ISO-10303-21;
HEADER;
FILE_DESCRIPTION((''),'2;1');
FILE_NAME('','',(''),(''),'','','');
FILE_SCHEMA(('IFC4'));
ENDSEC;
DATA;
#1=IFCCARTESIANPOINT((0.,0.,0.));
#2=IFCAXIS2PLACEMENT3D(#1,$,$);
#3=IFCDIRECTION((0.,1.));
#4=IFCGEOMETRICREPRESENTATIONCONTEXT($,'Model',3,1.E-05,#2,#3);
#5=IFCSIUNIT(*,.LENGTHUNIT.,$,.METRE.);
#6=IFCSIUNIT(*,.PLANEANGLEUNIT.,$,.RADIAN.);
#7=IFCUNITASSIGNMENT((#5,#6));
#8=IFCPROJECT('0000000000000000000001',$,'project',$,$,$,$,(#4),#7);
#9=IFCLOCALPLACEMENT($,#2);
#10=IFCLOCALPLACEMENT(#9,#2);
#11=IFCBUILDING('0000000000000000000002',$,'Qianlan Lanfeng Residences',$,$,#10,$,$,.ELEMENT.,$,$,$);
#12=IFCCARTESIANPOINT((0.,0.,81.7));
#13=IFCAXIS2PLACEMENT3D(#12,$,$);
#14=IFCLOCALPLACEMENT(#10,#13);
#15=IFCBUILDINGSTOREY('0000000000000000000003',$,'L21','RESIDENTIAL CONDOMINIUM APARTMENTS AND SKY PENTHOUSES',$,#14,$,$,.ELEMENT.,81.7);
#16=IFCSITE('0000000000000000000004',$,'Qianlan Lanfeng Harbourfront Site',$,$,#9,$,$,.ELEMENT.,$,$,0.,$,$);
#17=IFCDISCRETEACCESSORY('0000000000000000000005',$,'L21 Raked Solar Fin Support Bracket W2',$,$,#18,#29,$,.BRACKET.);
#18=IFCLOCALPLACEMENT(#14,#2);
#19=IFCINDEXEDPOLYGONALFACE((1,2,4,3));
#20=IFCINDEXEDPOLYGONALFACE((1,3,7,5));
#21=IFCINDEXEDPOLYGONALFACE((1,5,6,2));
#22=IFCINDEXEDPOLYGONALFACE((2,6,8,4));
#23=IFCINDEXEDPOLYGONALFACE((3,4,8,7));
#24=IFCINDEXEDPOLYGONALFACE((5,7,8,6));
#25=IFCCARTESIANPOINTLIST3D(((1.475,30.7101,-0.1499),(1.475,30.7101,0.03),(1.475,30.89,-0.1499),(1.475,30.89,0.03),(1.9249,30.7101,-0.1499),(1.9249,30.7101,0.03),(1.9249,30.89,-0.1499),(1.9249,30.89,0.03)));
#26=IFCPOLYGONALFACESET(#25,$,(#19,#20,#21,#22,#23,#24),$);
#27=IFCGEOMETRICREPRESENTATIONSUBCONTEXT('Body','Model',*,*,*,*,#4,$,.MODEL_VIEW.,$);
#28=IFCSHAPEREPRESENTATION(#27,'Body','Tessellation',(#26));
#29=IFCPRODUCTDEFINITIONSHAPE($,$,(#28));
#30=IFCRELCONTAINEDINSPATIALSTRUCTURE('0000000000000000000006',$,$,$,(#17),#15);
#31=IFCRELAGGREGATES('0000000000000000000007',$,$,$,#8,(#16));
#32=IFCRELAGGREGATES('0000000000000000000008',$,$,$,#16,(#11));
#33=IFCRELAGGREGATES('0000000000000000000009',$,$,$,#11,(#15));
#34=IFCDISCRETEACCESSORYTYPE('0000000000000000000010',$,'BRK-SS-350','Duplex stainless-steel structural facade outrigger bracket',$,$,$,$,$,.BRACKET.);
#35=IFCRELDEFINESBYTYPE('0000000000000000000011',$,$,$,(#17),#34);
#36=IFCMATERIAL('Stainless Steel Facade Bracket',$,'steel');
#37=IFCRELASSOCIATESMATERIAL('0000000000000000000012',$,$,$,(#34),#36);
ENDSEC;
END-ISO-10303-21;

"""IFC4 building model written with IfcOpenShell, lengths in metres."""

from ifc_helpers import new_model, si_unit, direction, frame, origin, origin_2d, place, context, subcontext, project, spatial, rectangle, extrude, source, transform, mapped, material, type_object, element, save


model = new_model("IFC4")

# Units and contexts
model_context = context("Model", 3, precision=1e-05, world=origin(), true_north=direction((0.0, 1.0)))
body_context = subcontext(model_context, "Body", "Model", "MODEL_VIEW")
ifc_project = project(units=[si_unit("LENGTHUNIT", "METRE"), si_unit("PLANEANGLEUNIT", "RADIAN")], contexts=[model_context])

# Site, building, storey
site_placement = place(None, origin())
site = spatial("IfcSite", under=ifc_project, at=site_placement, Name="Qianlan Lanfeng Harbourfront Site", CompositionType="ELEMENT", RefElevation=0.0)
building_placement = place(site_placement, origin())
building = spatial("IfcBuilding", under=site, at=building_placement, Name="Qianlan Lanfeng Residences", CompositionType="ELEMENT")
storey_placement = place(building_placement, frame((0.0, 0.0, 81.7)))
storey = spatial("IfcBuildingStorey", under=building, at=storey_placement, Name="L21", Description="RESIDENTIAL CONDOMINIUM APARTMENTS AND SKY PENTHOUSES", CompositionType="ELEMENT", Elevation=81.7)

# Discrete accessory
ifc_material_1 = material(Name="Stainless Steel Facade Bracket", Category="steel")
discrete_accessory_type = type_object("IfcDiscreteAccessoryType", Name="BRK-SS-350", Description="Duplex stainless-steel structural facade outrigger bracket", PredefinedType="BRACKET", material=ifc_material_1)
shared_shape_1 = source(origin(), body_context, "Body", "SweptSolid", [
    extrude(rectangle(XDim=0.45, YDim=0.1799, at=origin_2d()), origin(), (0.0, 0.0, 1.0), 0.1799),
])
for number, where, z_axis, x_axis, name in (
    (1, (1.7, 30.8, -0.1499), (0.0, 0.0, 1.0), (1.0, 0.0, 0.0), "L21 Raked Solar Fin Support Bracket W2"),
):
    element("IfcDiscreteAccessory", number, at=place(storey_placement, frame(where, z_axis=z_axis, x_axis=x_axis)), inside=storey, type_object=discrete_accessory_type, Name=name, PredefinedType="BRACKET", context=body_context, shape_type="MappedRepresentation", body=[
        mapped(shared_shape_1, transform((0.0, 0.0, 0.0), scale=1.0)),
    ])

save(model, "model.ifc")
